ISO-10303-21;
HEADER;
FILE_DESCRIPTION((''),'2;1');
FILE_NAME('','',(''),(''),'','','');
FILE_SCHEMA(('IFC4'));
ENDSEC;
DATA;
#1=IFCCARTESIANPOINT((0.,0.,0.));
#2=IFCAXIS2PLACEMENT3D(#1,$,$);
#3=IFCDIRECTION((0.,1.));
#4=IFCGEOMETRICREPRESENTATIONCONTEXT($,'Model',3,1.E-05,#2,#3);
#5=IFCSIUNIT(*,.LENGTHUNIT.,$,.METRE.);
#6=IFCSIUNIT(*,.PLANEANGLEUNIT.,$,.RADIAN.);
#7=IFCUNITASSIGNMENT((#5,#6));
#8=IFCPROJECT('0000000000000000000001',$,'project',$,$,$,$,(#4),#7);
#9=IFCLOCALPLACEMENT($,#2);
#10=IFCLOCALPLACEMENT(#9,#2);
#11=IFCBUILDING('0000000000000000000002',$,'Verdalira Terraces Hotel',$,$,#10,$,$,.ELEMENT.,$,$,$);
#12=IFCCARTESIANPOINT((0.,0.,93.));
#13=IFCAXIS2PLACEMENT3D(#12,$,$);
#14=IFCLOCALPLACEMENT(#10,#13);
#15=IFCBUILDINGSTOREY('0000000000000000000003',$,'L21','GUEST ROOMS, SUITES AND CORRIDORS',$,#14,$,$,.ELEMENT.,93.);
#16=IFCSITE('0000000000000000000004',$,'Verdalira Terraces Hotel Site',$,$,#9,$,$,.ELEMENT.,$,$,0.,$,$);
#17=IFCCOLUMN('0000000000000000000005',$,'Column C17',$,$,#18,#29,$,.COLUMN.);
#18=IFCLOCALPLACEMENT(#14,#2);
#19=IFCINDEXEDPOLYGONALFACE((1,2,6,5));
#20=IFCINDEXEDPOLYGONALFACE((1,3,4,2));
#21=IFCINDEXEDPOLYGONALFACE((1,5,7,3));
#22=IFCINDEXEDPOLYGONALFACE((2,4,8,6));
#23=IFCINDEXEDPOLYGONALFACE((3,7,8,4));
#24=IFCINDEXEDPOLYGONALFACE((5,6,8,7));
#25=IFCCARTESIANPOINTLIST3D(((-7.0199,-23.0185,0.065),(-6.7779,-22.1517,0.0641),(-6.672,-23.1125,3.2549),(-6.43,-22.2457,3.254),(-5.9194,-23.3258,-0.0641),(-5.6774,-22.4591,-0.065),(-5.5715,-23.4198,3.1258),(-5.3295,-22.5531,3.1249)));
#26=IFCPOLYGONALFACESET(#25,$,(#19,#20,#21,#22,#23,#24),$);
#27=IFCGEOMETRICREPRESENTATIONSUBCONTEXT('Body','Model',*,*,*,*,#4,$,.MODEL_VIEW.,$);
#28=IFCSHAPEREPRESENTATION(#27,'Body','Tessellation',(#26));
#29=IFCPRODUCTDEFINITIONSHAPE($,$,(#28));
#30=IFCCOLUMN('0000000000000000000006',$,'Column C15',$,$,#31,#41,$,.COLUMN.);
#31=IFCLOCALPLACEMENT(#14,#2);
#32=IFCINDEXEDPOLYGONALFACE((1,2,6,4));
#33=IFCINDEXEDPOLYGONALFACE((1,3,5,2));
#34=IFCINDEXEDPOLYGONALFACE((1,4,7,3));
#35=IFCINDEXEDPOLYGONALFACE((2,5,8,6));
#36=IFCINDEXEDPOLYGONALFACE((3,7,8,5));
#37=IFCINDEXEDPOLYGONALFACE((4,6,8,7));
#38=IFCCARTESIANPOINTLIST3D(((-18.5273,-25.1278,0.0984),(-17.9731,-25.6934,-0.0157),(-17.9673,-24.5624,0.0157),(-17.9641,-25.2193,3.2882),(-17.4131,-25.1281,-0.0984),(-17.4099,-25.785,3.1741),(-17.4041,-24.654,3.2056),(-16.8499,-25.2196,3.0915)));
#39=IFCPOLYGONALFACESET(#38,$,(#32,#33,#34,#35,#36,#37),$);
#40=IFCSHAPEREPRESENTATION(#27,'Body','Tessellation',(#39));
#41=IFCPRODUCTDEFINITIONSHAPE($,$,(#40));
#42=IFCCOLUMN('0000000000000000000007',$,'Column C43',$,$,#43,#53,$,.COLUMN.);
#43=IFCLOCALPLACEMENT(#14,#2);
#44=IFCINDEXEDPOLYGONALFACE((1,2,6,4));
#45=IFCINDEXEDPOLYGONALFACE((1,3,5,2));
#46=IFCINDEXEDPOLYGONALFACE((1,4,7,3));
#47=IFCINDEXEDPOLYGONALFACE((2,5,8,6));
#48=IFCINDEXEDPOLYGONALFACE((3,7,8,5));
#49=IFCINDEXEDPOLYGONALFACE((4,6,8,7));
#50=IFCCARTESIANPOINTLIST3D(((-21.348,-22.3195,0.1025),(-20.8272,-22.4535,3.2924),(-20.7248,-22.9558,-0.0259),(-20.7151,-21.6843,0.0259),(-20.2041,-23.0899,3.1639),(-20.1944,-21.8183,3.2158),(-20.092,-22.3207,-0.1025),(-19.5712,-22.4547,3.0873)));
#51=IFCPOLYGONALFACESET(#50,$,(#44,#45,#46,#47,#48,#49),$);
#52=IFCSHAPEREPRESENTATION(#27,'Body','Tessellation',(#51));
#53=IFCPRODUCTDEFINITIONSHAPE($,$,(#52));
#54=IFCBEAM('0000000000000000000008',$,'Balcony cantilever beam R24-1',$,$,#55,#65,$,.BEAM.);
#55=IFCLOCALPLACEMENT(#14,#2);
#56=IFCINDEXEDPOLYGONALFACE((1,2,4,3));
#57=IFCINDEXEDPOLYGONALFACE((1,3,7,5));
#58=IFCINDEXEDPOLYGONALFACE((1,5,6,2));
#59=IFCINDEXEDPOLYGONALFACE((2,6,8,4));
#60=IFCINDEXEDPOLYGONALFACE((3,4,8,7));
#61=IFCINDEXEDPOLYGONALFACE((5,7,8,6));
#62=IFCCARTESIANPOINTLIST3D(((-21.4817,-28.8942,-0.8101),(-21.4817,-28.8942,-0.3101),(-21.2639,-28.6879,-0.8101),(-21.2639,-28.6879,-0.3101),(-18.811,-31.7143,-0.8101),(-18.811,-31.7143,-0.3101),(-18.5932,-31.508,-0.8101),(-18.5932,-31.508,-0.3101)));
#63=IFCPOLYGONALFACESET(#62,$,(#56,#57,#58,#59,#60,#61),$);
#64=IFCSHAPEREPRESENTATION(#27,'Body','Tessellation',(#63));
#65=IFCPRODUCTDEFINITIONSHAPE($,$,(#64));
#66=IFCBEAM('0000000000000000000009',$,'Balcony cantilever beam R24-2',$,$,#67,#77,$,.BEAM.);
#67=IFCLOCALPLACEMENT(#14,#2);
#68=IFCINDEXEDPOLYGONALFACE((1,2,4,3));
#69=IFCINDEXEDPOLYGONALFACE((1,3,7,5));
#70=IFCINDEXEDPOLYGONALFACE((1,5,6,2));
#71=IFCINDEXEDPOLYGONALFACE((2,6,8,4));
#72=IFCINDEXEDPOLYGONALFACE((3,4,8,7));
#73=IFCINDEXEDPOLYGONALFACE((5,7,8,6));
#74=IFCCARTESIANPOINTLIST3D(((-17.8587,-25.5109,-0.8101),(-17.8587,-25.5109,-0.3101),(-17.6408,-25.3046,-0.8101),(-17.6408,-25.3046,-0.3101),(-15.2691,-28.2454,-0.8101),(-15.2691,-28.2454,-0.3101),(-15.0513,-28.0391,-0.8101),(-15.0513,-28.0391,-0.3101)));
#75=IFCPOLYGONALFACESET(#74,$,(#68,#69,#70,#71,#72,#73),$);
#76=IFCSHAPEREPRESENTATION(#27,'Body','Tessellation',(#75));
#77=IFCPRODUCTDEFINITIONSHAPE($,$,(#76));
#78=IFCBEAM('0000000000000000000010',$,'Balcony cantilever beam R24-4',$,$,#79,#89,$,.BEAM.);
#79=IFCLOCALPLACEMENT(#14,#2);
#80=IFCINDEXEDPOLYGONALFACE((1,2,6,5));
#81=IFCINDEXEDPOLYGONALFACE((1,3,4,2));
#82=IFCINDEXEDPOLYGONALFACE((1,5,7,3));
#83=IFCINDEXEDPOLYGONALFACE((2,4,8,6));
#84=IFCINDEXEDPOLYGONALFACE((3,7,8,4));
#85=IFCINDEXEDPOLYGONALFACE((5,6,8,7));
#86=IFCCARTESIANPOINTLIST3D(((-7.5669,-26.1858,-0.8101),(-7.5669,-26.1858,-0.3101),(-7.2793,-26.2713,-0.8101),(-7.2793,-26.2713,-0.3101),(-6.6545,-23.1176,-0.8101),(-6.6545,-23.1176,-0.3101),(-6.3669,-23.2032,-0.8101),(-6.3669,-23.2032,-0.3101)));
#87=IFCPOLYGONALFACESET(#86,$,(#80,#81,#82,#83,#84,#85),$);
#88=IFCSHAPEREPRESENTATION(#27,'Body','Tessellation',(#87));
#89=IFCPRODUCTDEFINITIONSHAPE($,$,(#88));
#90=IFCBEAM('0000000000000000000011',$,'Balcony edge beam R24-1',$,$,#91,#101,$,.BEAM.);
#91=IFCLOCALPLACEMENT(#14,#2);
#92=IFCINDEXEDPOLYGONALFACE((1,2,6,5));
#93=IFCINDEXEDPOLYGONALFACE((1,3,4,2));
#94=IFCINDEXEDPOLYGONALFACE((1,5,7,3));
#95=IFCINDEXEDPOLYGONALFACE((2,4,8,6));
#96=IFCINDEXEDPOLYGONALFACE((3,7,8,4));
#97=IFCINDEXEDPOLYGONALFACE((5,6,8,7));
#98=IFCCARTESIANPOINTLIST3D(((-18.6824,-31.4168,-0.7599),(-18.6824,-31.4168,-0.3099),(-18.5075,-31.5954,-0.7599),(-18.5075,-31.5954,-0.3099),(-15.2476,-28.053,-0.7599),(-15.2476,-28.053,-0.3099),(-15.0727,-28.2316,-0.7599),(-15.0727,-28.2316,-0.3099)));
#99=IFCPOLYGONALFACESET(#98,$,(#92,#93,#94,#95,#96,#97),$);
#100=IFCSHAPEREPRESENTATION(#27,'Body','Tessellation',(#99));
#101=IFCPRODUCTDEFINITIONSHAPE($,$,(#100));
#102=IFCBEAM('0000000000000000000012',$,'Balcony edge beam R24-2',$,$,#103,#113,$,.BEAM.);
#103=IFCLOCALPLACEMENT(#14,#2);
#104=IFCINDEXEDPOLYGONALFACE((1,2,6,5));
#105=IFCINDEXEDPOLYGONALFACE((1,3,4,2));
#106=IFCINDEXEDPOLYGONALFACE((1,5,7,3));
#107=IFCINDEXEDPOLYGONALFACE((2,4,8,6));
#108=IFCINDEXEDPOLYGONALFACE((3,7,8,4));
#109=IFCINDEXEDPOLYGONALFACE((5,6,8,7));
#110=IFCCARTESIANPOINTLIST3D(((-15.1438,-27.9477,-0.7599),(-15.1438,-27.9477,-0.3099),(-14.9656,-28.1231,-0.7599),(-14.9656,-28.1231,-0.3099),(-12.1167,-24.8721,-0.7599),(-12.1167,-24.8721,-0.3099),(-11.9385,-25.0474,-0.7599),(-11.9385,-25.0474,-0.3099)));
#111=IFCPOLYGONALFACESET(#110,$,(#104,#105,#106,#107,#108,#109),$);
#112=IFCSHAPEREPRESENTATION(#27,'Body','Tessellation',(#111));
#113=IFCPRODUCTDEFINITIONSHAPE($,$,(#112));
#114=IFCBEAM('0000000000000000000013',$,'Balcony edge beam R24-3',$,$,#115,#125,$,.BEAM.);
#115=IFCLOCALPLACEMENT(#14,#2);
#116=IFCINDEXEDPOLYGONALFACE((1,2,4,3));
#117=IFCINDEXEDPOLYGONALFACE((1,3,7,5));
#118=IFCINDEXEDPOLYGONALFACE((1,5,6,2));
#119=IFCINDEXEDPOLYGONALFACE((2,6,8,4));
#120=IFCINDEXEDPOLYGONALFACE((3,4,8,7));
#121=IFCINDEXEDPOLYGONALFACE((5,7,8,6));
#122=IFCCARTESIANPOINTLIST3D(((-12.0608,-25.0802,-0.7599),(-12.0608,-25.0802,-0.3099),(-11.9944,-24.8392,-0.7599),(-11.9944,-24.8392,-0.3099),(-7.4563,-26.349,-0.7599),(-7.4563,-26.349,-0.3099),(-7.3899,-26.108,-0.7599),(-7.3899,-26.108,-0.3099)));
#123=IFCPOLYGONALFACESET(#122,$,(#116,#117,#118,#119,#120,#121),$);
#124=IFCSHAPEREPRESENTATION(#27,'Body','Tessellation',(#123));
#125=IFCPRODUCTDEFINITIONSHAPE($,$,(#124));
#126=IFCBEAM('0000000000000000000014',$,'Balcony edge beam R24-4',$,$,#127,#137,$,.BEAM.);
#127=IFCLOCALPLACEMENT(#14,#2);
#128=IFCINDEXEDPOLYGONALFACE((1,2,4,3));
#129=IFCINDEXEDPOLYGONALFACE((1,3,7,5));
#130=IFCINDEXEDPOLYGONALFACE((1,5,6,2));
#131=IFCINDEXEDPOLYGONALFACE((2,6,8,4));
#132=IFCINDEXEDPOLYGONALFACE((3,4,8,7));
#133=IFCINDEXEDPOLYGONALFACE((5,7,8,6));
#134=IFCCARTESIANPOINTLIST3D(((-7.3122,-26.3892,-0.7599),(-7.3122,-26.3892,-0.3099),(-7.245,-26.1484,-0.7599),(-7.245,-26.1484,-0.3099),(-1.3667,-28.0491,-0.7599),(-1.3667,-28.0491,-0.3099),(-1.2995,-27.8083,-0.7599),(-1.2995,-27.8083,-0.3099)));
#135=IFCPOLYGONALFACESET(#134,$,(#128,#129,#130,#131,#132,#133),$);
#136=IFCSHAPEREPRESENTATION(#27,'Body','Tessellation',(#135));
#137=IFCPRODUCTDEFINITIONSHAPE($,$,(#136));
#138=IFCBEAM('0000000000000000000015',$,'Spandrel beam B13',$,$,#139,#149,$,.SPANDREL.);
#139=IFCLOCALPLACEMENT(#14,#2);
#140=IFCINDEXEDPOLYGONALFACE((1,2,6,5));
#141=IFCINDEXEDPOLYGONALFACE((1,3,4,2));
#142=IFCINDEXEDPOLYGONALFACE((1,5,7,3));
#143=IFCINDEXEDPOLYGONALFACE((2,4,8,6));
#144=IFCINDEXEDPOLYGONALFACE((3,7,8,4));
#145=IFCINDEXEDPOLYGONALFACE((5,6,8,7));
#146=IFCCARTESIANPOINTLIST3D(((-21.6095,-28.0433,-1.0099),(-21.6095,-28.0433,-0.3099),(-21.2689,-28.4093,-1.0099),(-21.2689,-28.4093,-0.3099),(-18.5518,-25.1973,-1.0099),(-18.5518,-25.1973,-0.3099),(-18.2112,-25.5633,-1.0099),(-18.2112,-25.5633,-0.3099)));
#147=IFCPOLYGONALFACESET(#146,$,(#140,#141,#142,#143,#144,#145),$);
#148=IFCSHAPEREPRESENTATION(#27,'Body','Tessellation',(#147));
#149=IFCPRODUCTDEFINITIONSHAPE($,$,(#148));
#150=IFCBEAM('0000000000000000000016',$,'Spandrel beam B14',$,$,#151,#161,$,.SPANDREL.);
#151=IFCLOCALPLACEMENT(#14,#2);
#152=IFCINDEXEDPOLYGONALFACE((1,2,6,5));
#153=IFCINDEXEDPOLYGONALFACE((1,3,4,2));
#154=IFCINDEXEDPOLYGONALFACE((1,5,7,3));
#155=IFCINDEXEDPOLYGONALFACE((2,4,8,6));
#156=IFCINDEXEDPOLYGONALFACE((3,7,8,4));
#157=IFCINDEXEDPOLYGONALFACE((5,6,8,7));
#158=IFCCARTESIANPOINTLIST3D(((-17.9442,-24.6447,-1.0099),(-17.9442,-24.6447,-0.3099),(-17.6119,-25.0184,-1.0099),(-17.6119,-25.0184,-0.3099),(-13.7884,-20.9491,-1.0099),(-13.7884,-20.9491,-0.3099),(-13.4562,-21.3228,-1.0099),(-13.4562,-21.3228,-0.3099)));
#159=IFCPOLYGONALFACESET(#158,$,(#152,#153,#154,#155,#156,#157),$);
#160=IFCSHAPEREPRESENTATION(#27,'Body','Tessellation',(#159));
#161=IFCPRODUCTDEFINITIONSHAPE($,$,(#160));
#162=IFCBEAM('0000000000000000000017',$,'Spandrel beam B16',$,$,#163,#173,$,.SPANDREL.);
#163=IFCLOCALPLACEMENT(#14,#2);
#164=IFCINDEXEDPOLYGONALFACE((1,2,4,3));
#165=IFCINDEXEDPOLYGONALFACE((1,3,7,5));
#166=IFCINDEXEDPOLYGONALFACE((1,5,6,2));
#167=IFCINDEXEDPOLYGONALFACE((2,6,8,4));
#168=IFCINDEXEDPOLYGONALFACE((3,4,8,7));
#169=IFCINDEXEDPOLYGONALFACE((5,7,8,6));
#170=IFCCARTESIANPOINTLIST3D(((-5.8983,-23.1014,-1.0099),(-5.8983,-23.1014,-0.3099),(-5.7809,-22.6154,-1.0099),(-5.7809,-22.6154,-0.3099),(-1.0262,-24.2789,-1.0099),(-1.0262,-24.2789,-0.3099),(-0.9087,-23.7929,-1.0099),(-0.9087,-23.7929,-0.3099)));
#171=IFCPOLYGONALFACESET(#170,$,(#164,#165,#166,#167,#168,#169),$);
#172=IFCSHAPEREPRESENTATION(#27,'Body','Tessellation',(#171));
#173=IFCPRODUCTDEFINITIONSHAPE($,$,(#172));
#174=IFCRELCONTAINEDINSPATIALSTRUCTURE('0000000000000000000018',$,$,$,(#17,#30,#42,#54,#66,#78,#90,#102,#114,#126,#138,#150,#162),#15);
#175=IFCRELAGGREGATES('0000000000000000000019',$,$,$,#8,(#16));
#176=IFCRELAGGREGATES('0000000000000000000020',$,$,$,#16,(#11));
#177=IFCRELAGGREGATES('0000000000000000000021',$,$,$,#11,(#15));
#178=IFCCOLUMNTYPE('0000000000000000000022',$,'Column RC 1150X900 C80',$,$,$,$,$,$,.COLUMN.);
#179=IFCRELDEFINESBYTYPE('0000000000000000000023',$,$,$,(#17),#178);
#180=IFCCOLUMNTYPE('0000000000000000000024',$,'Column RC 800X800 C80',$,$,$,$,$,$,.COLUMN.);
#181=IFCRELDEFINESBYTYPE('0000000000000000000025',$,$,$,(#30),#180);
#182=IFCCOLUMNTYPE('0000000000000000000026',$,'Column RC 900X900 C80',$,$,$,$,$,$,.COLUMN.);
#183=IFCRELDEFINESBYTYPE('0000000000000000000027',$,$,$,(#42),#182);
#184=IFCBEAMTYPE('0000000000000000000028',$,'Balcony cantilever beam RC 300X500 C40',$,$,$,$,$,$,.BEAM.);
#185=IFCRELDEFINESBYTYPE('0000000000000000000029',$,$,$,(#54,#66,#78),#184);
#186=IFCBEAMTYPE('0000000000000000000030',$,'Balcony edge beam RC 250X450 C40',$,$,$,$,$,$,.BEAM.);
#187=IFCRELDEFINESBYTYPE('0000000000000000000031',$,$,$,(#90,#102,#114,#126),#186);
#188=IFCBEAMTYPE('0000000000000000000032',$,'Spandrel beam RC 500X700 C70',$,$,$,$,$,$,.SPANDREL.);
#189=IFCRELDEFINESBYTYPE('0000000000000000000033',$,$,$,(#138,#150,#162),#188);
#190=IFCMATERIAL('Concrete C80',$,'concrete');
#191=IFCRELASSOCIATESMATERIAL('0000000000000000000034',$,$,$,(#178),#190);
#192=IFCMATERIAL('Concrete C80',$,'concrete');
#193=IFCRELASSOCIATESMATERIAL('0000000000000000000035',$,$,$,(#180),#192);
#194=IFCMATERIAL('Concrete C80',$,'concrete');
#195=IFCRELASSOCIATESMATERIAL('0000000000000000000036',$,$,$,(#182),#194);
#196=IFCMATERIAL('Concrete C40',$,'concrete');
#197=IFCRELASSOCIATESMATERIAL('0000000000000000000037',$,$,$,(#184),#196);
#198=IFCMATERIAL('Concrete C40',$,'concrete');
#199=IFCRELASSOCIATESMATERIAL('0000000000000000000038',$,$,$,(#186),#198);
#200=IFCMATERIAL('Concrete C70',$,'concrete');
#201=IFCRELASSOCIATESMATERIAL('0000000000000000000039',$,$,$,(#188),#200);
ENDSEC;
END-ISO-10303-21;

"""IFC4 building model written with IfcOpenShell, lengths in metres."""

from ifc_helpers import new_model, si_unit, direction, frame, origin, origin_2d, place, context, subcontext, project, spatial, rectangle, extrude, material, material_profile, profile_set, type_object, element, save


model = new_model("IFC4")

# Units and contexts
model_context = context("Model", 3, precision=1e-05, world=origin(), true_north=direction((0.0, 1.0)))
body_context = subcontext(model_context, "Body", "Model", "MODEL_VIEW")
ifc_project = project(units=[si_unit("LENGTHUNIT", "METRE"), si_unit("PLANEANGLEUNIT", "RADIAN")], contexts=[model_context])

# Site, building, storey
site_placement = place(None, origin())
site = spatial("IfcSite", under=ifc_project, at=site_placement, Name="Verdalira Terraces Hotel Site", CompositionType="ELEMENT", RefElevation=0.0)
building_placement = place(site_placement, origin())
building = spatial("IfcBuilding", under=site, at=building_placement, Name="Verdalira Terraces Hotel", CompositionType="ELEMENT")
storey_placement = place(building_placement, frame((0.0, 0.0, 93.0)))
storey = spatial("IfcBuildingStorey", under=building, at=storey_placement, Name="L21", Description="GUEST ROOMS, SUITES AND CORRIDORS", CompositionType="ELEMENT", Elevation=93.0)

# Columns
ifc_material_1 = material(Name="Concrete C80", Category="concrete")
ifc_material_profile_1 = material_profile(ifc_material_1, rectangle(XDim=1.1499, YDim=0.8999, at=origin_2d()), Name="RC 1150X900")
ifc_profile_set_1 = profile_set([ifc_material_profile_1], Name="Concrete C80")
column_type_1 = type_object("IfcColumnType", Name="Column RC 1150X900 C80", PredefinedType="COLUMN", material=ifc_profile_set_1)
column_1_placement = place(storey_placement, frame((-6.3486, -22.7388, 0.0), z_axis=(0.108372, -0.02928, 0.993679), x_axis=(0.957051, -0.267306, -0.112254)))
element("IfcColumn", 1, at=column_1_placement, inside=storey, type_object=column_type_1, Name="Column C17", PredefinedType="COLUMN", context=body_context, shape_type="SweptSolid", body=[
    extrude(rectangle(XDim=1.1499, YDim=0.8999, at=origin_2d()), origin(), (0.0, 0.0, 1.0), 3.2102),
])
ifc_material_2 = material(Name="Concrete C80", Category="concrete")
ifc_material_profile_2 = material_profile(ifc_material_2, rectangle(XDim=0.8, YDim=0.8, at=origin_2d()), Name="RC 800X800")
ifc_profile_set_2 = profile_set([ifc_material_profile_2], Name="Concrete C80")
column_type_2 = type_object("IfcColumnType", Name="Column RC 800X800 C80", PredefinedType="COLUMN", material=ifc_profile_set_2)
column_2_placement = place(storey_placement, frame((-17.9702, -25.1279, 0.0), z_axis=(0.173806, -0.028252, 0.984375), x_axis=(0.7, 0.70663, -0.103315)))
element("IfcColumn", 2, at=column_2_placement, inside=storey, type_object=column_type_2, Name="Column C15", PredefinedType="COLUMN", context=body_context, shape_type="SweptSolid", body=[
    extrude(rectangle(XDim=0.8, YDim=0.8, at=origin_2d()), origin(), (0.0, 0.0, 1.0), 3.2405),
])
ifc_material_3 = material(Name="Concrete C80", Category="concrete")
ifc_material_profile_3 = material_profile(ifc_material_3, rectangle(XDim=0.8999, YDim=0.8999, at=origin_2d()), Name="RC 900X900")
ifc_profile_set_3 = profile_set([ifc_material_profile_3], Name="Concrete C80")
column_type_3 = type_object("IfcColumnType", Name="Column RC 900X900 C80", PredefinedType="COLUMN", material=ifc_profile_set_3)
column_3_placement = place(storey_placement, frame((-20.72, -22.3201, 0.0), z_axis=(0.160977, -0.041433, 0.986088), x_axis=(-0.703231, -0.705845, 0.085143)))
element("IfcColumn", 3, at=column_3_placement, inside=storey, type_object=column_type_3, Name="Column C43", PredefinedType="COLUMN", context=body_context, shape_type="SweptSolid", body=[
    extrude(rectangle(XDim=0.8999, YDim=0.8999, at=origin_2d()), origin(), (0.0, 0.0, 1.0), 3.2349),
])

# Beams
ifc_material_4 = material(Name="Concrete C40", Category="concrete")
ifc_material_profile_4 = material_profile(ifc_material_4, rectangle(XDim=0.3, YDim=0.5, at=origin_2d()), Name="RC 300X500")
ifc_profile_set_4 = profile_set([ifc_material_profile_4], Name="Concrete C40")
beam_type_1 = type_object("IfcBeamType", Name="Balcony cantilever beam RC 300X500 C40", PredefinedType="BEAM", material=ifc_profile_set_4)
beam_1_placement = place(storey_placement, frame((-21.3728, -28.791, -0.5601), z_axis=(0.68761, -0.72608, 0.0), x_axis=(0.72608, 0.68761, 0.0)))
element("IfcBeam", 4, at=beam_1_placement, inside=storey, type_object=beam_type_1, Name="Balcony cantilever beam R24-1", PredefinedType="BEAM", context=body_context, shape_type="SweptSolid", body=[
    extrude(rectangle(XDim=0.3, YDim=0.5, at=origin_2d()), origin(), (0.0, 0.0, 1.0), 3.884),
])
beam_2_placement = place(storey_placement, frame((-17.7498, -25.4077, -0.5601), z_axis=(0.687592, -0.726097, 0.0), x_axis=(0.726097, 0.687592, 0.0)))
element("IfcBeam", 5, at=beam_2_placement, inside=storey, type_object=beam_type_1, Name="Balcony cantilever beam R24-2", PredefinedType="BEAM", context=body_context, shape_type="SweptSolid", body=[
    extrude(rectangle(XDim=0.3, YDim=0.5, at=origin_2d()), origin(), (0.0, 0.0, 1.0), 3.7661),
])
beam_3_placement = place(storey_placement, frame((-6.5107, -23.1604, -0.5601), z_axis=(-0.285031, -0.958518, 0.0), x_axis=(0.958518, -0.285031, 0.0)))
element("IfcBeam", 6, at=beam_3_placement, inside=storey, type_object=beam_type_1, Name="Balcony cantilever beam R24-4", PredefinedType="BEAM", context=body_context, shape_type="SweptSolid", body=[
    extrude(rectangle(XDim=0.3, YDim=0.5, at=origin_2d()), origin(), (0.0, 0.0, 1.0), 3.2009),
])
ifc_material_5 = material(Name="Concrete C40", Category="concrete")
ifc_material_profile_5 = material_profile(ifc_material_5, rectangle(XDim=0.25, YDim=0.45, at=origin_2d()), Name="RC 250X450")
ifc_profile_set_5 = profile_set([ifc_material_profile_5], Name="Concrete C40")
beam_type_2 = type_object("IfcBeamType", Name="Balcony edge beam RC 250X450 C40", PredefinedType="BEAM", material=ifc_profile_set_5)
beam_4_placement = place(storey_placement, frame((-18.595, -31.5061, -0.5349), z_axis=(0.714457, 0.699679, 0.0), x_axis=(-0.699679, 0.714457, 0.0)))
element("IfcBeam", 7, at=beam_4_placement, inside=storey, type_object=beam_type_2, Name="Balcony edge beam R24-1", PredefinedType="BEAM", context=body_context, shape_type="SweptSolid", body=[
    extrude(rectangle(XDim=0.25, YDim=0.45, at=origin_2d()), origin(), (0.0, 0.0, 1.0), 4.8076),
])
beam_5_placement = place(storey_placement, frame((-15.0547, -28.0354, -0.5349), z_axis=(0.701455, 0.712713, 0.0), x_axis=(-0.712713, 0.701455, 0.0)))
element("IfcBeam", 8, at=beam_5_placement, inside=storey, type_object=beam_type_2, Name="Balcony edge beam R24-2", PredefinedType="BEAM", context=body_context, shape_type="SweptSolid", body=[
    extrude(rectangle(XDim=0.25, YDim=0.45, at=origin_2d()), origin(), (0.0, 0.0, 1.0), 4.3154),
])
beam_6_placement = place(storey_placement, frame((-12.0276, -24.9597, -0.5349), z_axis=(0.964068, -0.265655, 0.0), x_axis=(0.265655, 0.964068, 0.0)))
element("IfcBeam", 9, at=beam_6_placement, inside=storey, type_object=beam_type_2, Name="Balcony edge beam R24-3", PredefinedType="BEAM", context=body_context, shape_type="SweptSolid", body=[
    extrude(rectangle(XDim=0.25, YDim=0.45, at=origin_2d()), origin(), (0.0, 0.0, 1.0), 4.7761),
])
beam_7_placement = place(storey_placement, frame((-7.2786, -26.2688, -0.5349), z_axis=(0.963167, -0.268902, 0.0), x_axis=(0.268902, 0.963167, 0.0)))
element("IfcBeam", 10, at=beam_7_placement, inside=storey, type_object=beam_type_2, Name="Balcony edge beam R24-4", PredefinedType="BEAM", context=body_context, shape_type="SweptSolid", body=[
    extrude(rectangle(XDim=0.25, YDim=0.45, at=origin_2d()), origin(), (0.0, 0.0, 1.0), 6.1729),
])
ifc_material_6 = material(Name="Concrete C70", Category="concrete")
ifc_material_profile_6 = material_profile(ifc_material_6, rectangle(XDim=0.5, YDim=0.7, at=origin_2d()), Name="RC 500X700")
ifc_profile_set_6 = profile_set([ifc_material_profile_6], Name="Concrete C70")
beam_type_3 = type_object("IfcBeamType", Name="Spandrel beam RC 500X700 C70", PredefinedType="SPANDREL", material=ifc_profile_set_6)
beam_8_placement = place(storey_placement, frame((-21.4392, -28.2263, -0.6599), z_axis=(0.731989, 0.681316, 0.0), x_axis=(-0.681316, 0.731989, 0.0)))
element("IfcBeam", 11, at=beam_8_placement, inside=storey, type_object=beam_type_3, Name="Spandrel beam B13", PredefinedType="SPANDREL", context=body_context, shape_type="SweptSolid", body=[
    extrude(rectangle(XDim=0.5, YDim=0.7, at=origin_2d()), origin(), (0.0, 0.0, 1.0), 4.1772),
])
beam_9_placement = place(storey_placement, frame((-17.7781, -24.8315, -0.6599), z_axis=(0.747271, 0.664519, 0.0), x_axis=(-0.664519, 0.747271, 0.0)))
element("IfcBeam", 12, at=beam_9_placement, inside=storey, type_object=beam_type_3, Name="Spandrel beam B14", PredefinedType="SPANDREL", context=body_context, shape_type="SweptSolid", body=[
    extrude(rectangle(XDim=0.5, YDim=0.7, at=origin_2d()), origin(), (0.0, 0.0, 1.0), 5.5613),
])
beam_10_placement = place(storey_placement, frame((-5.8396, -22.8584, -0.6599), z_axis=(0.972015, -0.234918, 0.0), x_axis=(0.234918, 0.972015, 0.0)))
element("IfcBeam", 13, at=beam_10_placement, inside=storey, type_object=beam_type_3, Name="Spandrel beam B16", PredefinedType="SPANDREL", context=body_context, shape_type="SweptSolid", body=[
    extrude(rectangle(XDim=0.5, YDim=0.7, at=origin_2d()), origin(), (0.0, 0.0, 1.0), 5.0125),
])

save(model, "model.ifc")
